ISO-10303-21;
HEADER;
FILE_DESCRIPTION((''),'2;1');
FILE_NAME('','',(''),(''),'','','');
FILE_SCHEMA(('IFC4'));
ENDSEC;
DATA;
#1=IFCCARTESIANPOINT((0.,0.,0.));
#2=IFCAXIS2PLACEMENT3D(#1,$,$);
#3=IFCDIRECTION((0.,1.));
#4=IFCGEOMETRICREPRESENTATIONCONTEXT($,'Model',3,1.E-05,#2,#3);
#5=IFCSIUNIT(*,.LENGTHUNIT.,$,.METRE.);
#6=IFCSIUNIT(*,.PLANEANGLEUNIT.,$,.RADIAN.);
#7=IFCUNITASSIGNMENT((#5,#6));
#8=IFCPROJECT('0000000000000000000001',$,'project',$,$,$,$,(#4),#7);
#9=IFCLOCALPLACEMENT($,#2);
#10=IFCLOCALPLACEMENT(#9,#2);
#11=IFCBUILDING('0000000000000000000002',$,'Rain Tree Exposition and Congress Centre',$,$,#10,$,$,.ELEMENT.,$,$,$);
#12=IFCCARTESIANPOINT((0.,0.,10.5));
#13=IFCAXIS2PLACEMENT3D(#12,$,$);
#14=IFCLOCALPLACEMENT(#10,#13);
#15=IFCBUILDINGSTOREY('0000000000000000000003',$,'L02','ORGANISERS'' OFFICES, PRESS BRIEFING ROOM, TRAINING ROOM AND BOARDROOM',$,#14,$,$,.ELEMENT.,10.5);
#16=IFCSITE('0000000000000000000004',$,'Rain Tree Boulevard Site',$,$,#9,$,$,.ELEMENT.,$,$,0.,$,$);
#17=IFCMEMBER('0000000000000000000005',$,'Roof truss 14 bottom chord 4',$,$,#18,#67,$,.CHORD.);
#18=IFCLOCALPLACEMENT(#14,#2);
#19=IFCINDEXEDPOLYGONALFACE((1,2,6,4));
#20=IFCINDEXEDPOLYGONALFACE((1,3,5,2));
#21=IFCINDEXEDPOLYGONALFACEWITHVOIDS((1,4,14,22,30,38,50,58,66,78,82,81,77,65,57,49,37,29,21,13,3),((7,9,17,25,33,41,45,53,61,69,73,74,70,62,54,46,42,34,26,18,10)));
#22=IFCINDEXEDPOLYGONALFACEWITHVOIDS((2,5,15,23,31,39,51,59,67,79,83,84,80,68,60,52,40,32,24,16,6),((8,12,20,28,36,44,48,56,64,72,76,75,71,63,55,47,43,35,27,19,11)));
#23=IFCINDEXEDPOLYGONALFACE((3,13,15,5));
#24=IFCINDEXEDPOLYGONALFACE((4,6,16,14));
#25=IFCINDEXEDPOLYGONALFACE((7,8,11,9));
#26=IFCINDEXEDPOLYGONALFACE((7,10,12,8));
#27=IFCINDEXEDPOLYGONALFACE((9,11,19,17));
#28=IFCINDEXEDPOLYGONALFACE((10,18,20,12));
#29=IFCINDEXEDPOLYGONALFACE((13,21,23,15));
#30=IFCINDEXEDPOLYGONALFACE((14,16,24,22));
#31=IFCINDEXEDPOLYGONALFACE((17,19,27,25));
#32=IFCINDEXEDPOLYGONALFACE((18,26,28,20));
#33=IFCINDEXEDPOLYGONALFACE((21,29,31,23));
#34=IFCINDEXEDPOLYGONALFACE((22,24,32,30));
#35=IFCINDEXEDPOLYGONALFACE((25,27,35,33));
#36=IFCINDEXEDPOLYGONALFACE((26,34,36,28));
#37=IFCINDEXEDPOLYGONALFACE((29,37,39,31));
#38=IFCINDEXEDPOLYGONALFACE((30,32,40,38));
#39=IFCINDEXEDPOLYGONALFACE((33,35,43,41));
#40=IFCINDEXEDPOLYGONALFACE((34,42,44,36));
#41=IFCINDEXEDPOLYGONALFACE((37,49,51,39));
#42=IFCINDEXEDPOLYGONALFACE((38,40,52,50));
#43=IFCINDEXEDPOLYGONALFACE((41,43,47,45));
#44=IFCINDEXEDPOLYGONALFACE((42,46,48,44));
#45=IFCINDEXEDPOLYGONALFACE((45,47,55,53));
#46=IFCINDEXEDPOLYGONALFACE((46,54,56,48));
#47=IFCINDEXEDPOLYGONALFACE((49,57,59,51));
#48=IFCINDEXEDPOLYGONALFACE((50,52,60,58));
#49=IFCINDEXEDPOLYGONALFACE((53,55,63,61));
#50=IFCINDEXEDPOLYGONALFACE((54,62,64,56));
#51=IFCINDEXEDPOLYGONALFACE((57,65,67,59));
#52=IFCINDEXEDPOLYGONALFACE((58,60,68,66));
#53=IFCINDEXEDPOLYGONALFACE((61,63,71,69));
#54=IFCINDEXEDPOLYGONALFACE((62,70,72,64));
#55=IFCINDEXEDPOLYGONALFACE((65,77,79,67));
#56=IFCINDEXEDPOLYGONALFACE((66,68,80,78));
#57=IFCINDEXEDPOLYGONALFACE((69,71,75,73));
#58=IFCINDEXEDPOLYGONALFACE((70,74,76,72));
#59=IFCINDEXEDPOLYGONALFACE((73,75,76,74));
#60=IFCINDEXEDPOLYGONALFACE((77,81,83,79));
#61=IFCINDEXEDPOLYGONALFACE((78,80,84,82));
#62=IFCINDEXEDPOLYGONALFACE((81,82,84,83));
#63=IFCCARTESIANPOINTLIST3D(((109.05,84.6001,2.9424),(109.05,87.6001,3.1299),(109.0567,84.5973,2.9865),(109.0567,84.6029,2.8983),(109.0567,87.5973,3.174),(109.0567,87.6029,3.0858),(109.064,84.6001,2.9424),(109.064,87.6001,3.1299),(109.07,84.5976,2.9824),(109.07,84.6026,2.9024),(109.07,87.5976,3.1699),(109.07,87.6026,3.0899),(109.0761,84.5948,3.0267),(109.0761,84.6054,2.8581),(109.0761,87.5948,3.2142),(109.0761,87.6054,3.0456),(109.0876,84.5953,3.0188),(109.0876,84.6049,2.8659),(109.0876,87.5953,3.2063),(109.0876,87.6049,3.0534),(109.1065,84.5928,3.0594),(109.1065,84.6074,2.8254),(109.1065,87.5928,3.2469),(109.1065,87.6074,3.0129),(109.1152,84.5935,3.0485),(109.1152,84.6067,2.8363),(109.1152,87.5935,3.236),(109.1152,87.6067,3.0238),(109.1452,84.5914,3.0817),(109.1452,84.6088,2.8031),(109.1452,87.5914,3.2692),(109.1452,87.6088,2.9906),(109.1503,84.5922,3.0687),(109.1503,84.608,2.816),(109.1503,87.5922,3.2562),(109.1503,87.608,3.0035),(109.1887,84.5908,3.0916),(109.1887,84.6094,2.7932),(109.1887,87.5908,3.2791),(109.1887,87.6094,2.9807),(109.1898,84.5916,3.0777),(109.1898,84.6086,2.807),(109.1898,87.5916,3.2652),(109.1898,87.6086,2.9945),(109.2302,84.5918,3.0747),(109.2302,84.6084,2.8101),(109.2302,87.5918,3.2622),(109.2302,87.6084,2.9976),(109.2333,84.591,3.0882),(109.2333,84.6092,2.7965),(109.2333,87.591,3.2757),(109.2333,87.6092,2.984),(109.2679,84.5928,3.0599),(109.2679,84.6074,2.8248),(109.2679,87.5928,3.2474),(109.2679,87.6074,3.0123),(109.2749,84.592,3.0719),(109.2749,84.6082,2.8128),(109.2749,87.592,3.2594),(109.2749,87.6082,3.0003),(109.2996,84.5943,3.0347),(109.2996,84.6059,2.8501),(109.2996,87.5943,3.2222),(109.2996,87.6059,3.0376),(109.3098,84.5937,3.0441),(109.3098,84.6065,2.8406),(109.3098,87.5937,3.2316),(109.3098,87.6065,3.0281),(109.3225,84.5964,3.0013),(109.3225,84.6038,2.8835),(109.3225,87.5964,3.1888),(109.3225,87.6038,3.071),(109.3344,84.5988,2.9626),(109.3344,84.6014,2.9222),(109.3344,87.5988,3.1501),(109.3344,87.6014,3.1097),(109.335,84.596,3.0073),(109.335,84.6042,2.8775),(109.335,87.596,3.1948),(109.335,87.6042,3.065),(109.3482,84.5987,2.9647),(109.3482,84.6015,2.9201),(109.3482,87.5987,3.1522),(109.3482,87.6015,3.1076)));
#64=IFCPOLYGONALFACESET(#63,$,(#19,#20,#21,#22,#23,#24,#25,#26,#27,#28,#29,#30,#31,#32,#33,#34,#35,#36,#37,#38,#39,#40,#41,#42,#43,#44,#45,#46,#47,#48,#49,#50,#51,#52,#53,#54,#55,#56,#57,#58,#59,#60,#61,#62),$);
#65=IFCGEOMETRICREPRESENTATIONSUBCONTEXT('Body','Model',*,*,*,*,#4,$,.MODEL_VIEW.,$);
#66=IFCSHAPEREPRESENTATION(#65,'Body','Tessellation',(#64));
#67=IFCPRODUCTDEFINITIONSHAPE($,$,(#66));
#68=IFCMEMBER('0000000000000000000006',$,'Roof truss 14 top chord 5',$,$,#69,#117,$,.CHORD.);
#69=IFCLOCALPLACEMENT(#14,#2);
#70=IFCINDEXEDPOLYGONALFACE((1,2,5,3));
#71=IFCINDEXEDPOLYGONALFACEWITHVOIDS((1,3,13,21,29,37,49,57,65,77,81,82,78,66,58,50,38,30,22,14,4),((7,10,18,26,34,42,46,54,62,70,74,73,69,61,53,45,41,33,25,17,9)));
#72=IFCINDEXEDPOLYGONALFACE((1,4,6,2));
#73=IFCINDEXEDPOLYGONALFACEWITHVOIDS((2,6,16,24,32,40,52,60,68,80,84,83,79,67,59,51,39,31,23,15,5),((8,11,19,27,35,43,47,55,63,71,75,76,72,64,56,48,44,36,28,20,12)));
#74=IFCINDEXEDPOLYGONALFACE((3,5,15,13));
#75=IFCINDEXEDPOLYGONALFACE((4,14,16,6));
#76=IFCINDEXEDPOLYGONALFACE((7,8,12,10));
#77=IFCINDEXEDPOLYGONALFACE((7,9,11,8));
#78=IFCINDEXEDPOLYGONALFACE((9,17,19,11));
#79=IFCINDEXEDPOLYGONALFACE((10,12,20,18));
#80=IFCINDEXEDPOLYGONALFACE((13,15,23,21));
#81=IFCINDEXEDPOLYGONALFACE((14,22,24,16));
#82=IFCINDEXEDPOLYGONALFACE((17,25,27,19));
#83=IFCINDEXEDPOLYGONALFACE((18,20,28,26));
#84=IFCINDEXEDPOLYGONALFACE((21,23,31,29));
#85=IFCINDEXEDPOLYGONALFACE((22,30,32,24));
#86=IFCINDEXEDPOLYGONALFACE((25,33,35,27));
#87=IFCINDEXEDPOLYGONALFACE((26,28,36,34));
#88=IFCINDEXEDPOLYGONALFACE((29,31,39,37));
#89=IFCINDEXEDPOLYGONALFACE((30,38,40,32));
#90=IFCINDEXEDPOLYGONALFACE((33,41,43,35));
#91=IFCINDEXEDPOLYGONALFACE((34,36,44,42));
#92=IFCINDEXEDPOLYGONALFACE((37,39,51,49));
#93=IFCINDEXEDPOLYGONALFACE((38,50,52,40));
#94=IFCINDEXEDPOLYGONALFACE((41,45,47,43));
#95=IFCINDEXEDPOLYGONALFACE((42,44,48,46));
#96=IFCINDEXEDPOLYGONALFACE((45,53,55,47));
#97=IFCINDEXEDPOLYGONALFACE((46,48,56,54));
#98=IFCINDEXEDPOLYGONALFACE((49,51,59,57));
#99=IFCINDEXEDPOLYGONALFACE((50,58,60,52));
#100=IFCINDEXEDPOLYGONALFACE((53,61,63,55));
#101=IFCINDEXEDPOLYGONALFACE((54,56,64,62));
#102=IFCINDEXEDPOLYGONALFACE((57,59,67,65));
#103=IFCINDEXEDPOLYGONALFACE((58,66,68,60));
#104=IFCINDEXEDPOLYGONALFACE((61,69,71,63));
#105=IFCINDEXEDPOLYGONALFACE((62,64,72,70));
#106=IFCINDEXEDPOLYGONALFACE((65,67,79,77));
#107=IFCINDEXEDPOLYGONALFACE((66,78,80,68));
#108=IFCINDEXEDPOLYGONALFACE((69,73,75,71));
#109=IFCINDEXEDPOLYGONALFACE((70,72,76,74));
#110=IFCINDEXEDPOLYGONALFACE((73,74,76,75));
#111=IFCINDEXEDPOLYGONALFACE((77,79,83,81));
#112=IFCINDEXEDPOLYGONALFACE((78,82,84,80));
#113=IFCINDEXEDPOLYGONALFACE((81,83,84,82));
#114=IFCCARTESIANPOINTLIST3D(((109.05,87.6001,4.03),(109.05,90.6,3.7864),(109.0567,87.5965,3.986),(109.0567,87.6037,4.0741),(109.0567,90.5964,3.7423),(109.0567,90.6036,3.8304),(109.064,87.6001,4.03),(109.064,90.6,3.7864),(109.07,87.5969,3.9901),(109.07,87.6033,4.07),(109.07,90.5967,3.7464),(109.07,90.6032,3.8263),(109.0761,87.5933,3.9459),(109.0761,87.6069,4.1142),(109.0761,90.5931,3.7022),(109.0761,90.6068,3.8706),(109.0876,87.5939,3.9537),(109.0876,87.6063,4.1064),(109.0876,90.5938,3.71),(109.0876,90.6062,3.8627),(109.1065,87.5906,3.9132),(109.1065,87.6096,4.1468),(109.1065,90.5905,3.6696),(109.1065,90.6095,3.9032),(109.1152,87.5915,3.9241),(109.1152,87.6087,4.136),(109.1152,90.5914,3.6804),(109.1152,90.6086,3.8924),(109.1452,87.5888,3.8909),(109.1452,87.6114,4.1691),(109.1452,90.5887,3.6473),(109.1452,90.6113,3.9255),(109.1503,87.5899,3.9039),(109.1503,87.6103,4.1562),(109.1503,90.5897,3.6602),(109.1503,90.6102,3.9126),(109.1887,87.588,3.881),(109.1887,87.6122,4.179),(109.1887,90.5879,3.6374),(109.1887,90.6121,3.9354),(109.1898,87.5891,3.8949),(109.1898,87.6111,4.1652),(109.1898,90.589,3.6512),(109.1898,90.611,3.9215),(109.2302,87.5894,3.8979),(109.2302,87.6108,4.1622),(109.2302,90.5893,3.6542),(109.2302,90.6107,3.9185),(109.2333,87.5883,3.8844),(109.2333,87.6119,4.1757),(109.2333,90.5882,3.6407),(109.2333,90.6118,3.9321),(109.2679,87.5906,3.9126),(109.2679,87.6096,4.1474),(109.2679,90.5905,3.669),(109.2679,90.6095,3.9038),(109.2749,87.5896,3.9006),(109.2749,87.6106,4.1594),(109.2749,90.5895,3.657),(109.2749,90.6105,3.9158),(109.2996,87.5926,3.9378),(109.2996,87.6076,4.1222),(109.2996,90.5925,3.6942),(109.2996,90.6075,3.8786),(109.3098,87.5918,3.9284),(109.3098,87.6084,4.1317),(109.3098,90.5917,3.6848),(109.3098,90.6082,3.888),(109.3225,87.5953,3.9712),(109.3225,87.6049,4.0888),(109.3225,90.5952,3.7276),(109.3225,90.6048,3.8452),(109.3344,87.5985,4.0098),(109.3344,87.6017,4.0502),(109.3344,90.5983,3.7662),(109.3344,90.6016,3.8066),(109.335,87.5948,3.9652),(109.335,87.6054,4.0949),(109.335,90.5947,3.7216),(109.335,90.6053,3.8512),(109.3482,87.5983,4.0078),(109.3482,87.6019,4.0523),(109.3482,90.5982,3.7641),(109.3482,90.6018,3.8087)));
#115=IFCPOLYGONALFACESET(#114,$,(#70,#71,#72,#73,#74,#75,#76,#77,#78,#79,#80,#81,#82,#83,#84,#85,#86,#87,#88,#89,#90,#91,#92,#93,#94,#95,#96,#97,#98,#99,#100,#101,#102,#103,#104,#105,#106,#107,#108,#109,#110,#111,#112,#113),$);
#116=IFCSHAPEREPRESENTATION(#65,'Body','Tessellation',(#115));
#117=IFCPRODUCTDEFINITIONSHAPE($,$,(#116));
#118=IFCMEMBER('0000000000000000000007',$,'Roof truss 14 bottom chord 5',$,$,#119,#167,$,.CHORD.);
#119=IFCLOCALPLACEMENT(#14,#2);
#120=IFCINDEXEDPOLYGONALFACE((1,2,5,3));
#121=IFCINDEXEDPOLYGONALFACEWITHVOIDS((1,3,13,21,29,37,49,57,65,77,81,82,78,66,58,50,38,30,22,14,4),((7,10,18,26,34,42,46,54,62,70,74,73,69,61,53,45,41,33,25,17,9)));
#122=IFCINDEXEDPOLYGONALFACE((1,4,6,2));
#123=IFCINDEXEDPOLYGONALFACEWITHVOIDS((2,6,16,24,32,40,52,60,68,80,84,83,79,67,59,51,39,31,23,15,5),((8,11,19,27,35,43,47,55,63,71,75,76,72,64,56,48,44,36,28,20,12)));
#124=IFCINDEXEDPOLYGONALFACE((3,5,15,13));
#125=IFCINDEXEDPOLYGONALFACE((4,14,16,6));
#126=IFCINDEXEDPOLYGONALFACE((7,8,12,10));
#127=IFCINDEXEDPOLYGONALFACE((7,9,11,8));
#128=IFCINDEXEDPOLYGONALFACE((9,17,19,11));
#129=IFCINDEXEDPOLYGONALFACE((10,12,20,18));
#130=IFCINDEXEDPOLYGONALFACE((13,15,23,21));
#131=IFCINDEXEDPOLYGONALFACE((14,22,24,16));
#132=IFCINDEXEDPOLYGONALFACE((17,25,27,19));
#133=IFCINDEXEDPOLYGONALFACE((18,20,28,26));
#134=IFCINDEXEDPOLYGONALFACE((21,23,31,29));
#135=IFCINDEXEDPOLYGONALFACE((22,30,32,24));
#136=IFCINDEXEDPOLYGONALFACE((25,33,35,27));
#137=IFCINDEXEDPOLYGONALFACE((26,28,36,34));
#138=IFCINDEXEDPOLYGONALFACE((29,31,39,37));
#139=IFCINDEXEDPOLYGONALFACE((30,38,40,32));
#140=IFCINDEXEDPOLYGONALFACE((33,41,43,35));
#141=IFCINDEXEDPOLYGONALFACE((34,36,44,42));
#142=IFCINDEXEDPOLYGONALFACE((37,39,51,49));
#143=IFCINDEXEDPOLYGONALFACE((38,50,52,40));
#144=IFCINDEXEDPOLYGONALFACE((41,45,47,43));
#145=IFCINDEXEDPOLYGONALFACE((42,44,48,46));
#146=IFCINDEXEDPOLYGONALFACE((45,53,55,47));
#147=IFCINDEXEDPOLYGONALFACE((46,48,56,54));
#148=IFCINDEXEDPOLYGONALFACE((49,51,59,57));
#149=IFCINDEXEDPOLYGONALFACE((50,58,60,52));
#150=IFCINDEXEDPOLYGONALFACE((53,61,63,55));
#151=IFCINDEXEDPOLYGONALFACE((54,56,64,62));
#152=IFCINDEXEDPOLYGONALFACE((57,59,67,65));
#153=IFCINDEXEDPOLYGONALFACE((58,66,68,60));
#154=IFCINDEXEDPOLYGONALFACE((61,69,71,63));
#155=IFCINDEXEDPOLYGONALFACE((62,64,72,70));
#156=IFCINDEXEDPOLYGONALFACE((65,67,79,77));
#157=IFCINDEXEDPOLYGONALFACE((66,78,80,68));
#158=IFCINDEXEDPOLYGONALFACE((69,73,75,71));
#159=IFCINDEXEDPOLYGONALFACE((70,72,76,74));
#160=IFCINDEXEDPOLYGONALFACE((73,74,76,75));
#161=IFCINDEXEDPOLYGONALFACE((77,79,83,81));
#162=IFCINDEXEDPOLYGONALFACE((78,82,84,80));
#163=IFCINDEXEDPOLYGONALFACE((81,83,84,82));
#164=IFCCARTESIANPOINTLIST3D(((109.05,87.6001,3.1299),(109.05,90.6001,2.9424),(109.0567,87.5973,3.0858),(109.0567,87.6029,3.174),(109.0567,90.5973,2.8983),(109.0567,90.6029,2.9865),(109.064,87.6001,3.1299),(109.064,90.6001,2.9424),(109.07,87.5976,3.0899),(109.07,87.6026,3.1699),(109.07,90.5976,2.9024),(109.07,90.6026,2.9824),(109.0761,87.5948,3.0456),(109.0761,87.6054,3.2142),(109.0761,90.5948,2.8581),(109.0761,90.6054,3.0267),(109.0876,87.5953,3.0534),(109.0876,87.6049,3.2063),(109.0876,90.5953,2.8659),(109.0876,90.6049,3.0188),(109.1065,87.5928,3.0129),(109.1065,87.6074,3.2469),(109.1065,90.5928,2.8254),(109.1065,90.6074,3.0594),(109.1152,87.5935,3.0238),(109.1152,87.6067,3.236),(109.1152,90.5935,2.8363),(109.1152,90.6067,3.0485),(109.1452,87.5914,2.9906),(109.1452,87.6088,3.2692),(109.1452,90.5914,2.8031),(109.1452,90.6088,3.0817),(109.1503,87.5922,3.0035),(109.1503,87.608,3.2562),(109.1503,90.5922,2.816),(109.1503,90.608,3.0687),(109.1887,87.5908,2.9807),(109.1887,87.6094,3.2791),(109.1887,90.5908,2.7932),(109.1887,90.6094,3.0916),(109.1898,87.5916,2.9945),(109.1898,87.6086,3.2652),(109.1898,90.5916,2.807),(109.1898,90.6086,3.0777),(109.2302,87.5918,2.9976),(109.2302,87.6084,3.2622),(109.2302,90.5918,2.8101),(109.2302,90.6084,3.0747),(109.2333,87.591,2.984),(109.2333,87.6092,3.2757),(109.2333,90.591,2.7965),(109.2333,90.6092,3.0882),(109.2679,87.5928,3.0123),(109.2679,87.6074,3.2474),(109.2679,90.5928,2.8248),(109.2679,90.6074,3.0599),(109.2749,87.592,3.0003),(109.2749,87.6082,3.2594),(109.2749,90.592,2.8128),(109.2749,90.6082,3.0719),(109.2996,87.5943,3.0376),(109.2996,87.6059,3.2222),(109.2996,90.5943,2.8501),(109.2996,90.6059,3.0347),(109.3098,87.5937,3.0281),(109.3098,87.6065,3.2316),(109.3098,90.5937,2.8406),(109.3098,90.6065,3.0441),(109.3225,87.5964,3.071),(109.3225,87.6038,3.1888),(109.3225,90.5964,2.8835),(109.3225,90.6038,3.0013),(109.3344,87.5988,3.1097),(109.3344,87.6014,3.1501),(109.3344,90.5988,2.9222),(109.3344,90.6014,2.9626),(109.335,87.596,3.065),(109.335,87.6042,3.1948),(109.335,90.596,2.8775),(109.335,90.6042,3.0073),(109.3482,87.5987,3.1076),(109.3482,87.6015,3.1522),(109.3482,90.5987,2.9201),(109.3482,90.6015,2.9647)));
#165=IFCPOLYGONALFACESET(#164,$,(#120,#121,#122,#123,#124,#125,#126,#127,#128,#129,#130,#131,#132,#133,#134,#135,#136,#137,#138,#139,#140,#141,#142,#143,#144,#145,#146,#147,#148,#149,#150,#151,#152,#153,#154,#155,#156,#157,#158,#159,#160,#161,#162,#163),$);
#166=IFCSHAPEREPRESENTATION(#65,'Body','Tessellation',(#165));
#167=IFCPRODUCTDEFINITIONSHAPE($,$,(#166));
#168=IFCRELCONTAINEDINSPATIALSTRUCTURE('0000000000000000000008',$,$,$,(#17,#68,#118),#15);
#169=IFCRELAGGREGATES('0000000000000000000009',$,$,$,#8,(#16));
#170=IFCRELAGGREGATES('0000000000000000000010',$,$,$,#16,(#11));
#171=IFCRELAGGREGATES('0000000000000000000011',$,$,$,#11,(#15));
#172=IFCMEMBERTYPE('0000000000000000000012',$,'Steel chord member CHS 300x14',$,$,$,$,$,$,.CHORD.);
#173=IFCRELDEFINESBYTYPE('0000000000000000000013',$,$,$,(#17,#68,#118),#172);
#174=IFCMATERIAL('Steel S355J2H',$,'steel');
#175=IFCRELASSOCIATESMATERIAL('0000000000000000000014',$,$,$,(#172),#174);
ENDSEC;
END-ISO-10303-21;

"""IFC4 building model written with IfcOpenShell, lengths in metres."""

from ifc_helpers import new_model, si_unit, direction, frame, origin, origin_2d, place, context, subcontext, project, spatial, hollow_circle, extrude, material, material_profile, profile_set, type_object, element, save


model = new_model("IFC4")

# Units and contexts
model_context = context("Model", 3, precision=1e-05, world=origin(), true_north=direction((0.0, 1.0)))
body_context = subcontext(model_context, "Body", "Model", "MODEL_VIEW")
ifc_project = project(units=[si_unit("LENGTHUNIT", "METRE"), si_unit("PLANEANGLEUNIT", "RADIAN")], contexts=[model_context])

# Site, building, storey
site_placement = place(None, origin())
site = spatial("IfcSite", under=ifc_project, at=site_placement, Name="Rain Tree Boulevard Site", CompositionType="ELEMENT", RefElevation=0.0)
building_placement = place(site_placement, origin())
building = spatial("IfcBuilding", under=site, at=building_placement, Name="Rain Tree Exposition and Congress Centre", CompositionType="ELEMENT")
storey_placement = place(building_placement, frame((0.0, 0.0, 10.5)))
storey = spatial("IfcBuildingStorey", under=building, at=storey_placement, Name="L02", Description="ORGANISERS' OFFICES, PRESS BRIEFING ROOM, TRAINING ROOM AND BOARDROOM", CompositionType="ELEMENT", Elevation=10.5)

# Members
ifc_material_1 = material(Name="Steel S355J2H", Category="steel")
ifc_material_profile_1 = material_profile(ifc_material_1, hollow_circle(Radius=0.1499, WallThickness=0.0139, at=origin_2d()), Name="CHS 300x14")
ifc_profile_set_1 = profile_set([ifc_material_profile_1], Name="Steel S355J2H")
member_type_1 = type_object("IfcMemberType", Name="Steel chord member CHS 300x14", PredefinedType="CHORD", material=ifc_profile_set_1)
member_1_placement = place(storey_placement, frame((109.2, 84.6001, 2.9424), z_axis=(0.0, 0.998053, 0.062378), x_axis=(-1.0, 0.0, 0.0)))
element("IfcMember", 1, at=member_1_placement, inside=storey, type_object=member_type_1, Name="Roof truss 14 bottom chord 4", PredefinedType="CHORD", context=body_context, shape_type="SweptSolid", body=[
    extrude(hollow_circle(Radius=0.1499, WallThickness=0.0139, at=origin_2d()), origin(), (0.0, 0.0, 1.0), 3.0059),
])
member_2_placement = place(storey_placement, frame((109.2, 87.6001, 4.03), z_axis=(0.0, 0.996718, -0.080951), x_axis=(-1.0, 0.0, 0.0)))
element("IfcMember", 2, at=member_2_placement, inside=storey, type_object=member_type_1, Name="Roof truss 14 top chord 5", PredefinedType="CHORD", context=body_context, shape_type="SweptSolid", body=[
    extrude(hollow_circle(Radius=0.1499, WallThickness=0.0139, at=origin_2d()), origin(), (0.0, 0.0, 1.0), 3.0098),
])
member_3_placement = place(storey_placement, frame((109.2, 87.6001, 3.1299), z_axis=(0.0, 0.998053, -0.062378), x_axis=(-1.0, 0.0, 0.0)))
element("IfcMember", 3, at=member_3_placement, inside=storey, type_object=member_type_1, Name="Roof truss 14 bottom chord 5", PredefinedType="CHORD", context=body_context, shape_type="SweptSolid", body=[
    extrude(hollow_circle(Radius=0.1499, WallThickness=0.0139, at=origin_2d()), origin(), (0.0, 0.0, 1.0), 3.0059),
])

save(model, "model.ifc")
